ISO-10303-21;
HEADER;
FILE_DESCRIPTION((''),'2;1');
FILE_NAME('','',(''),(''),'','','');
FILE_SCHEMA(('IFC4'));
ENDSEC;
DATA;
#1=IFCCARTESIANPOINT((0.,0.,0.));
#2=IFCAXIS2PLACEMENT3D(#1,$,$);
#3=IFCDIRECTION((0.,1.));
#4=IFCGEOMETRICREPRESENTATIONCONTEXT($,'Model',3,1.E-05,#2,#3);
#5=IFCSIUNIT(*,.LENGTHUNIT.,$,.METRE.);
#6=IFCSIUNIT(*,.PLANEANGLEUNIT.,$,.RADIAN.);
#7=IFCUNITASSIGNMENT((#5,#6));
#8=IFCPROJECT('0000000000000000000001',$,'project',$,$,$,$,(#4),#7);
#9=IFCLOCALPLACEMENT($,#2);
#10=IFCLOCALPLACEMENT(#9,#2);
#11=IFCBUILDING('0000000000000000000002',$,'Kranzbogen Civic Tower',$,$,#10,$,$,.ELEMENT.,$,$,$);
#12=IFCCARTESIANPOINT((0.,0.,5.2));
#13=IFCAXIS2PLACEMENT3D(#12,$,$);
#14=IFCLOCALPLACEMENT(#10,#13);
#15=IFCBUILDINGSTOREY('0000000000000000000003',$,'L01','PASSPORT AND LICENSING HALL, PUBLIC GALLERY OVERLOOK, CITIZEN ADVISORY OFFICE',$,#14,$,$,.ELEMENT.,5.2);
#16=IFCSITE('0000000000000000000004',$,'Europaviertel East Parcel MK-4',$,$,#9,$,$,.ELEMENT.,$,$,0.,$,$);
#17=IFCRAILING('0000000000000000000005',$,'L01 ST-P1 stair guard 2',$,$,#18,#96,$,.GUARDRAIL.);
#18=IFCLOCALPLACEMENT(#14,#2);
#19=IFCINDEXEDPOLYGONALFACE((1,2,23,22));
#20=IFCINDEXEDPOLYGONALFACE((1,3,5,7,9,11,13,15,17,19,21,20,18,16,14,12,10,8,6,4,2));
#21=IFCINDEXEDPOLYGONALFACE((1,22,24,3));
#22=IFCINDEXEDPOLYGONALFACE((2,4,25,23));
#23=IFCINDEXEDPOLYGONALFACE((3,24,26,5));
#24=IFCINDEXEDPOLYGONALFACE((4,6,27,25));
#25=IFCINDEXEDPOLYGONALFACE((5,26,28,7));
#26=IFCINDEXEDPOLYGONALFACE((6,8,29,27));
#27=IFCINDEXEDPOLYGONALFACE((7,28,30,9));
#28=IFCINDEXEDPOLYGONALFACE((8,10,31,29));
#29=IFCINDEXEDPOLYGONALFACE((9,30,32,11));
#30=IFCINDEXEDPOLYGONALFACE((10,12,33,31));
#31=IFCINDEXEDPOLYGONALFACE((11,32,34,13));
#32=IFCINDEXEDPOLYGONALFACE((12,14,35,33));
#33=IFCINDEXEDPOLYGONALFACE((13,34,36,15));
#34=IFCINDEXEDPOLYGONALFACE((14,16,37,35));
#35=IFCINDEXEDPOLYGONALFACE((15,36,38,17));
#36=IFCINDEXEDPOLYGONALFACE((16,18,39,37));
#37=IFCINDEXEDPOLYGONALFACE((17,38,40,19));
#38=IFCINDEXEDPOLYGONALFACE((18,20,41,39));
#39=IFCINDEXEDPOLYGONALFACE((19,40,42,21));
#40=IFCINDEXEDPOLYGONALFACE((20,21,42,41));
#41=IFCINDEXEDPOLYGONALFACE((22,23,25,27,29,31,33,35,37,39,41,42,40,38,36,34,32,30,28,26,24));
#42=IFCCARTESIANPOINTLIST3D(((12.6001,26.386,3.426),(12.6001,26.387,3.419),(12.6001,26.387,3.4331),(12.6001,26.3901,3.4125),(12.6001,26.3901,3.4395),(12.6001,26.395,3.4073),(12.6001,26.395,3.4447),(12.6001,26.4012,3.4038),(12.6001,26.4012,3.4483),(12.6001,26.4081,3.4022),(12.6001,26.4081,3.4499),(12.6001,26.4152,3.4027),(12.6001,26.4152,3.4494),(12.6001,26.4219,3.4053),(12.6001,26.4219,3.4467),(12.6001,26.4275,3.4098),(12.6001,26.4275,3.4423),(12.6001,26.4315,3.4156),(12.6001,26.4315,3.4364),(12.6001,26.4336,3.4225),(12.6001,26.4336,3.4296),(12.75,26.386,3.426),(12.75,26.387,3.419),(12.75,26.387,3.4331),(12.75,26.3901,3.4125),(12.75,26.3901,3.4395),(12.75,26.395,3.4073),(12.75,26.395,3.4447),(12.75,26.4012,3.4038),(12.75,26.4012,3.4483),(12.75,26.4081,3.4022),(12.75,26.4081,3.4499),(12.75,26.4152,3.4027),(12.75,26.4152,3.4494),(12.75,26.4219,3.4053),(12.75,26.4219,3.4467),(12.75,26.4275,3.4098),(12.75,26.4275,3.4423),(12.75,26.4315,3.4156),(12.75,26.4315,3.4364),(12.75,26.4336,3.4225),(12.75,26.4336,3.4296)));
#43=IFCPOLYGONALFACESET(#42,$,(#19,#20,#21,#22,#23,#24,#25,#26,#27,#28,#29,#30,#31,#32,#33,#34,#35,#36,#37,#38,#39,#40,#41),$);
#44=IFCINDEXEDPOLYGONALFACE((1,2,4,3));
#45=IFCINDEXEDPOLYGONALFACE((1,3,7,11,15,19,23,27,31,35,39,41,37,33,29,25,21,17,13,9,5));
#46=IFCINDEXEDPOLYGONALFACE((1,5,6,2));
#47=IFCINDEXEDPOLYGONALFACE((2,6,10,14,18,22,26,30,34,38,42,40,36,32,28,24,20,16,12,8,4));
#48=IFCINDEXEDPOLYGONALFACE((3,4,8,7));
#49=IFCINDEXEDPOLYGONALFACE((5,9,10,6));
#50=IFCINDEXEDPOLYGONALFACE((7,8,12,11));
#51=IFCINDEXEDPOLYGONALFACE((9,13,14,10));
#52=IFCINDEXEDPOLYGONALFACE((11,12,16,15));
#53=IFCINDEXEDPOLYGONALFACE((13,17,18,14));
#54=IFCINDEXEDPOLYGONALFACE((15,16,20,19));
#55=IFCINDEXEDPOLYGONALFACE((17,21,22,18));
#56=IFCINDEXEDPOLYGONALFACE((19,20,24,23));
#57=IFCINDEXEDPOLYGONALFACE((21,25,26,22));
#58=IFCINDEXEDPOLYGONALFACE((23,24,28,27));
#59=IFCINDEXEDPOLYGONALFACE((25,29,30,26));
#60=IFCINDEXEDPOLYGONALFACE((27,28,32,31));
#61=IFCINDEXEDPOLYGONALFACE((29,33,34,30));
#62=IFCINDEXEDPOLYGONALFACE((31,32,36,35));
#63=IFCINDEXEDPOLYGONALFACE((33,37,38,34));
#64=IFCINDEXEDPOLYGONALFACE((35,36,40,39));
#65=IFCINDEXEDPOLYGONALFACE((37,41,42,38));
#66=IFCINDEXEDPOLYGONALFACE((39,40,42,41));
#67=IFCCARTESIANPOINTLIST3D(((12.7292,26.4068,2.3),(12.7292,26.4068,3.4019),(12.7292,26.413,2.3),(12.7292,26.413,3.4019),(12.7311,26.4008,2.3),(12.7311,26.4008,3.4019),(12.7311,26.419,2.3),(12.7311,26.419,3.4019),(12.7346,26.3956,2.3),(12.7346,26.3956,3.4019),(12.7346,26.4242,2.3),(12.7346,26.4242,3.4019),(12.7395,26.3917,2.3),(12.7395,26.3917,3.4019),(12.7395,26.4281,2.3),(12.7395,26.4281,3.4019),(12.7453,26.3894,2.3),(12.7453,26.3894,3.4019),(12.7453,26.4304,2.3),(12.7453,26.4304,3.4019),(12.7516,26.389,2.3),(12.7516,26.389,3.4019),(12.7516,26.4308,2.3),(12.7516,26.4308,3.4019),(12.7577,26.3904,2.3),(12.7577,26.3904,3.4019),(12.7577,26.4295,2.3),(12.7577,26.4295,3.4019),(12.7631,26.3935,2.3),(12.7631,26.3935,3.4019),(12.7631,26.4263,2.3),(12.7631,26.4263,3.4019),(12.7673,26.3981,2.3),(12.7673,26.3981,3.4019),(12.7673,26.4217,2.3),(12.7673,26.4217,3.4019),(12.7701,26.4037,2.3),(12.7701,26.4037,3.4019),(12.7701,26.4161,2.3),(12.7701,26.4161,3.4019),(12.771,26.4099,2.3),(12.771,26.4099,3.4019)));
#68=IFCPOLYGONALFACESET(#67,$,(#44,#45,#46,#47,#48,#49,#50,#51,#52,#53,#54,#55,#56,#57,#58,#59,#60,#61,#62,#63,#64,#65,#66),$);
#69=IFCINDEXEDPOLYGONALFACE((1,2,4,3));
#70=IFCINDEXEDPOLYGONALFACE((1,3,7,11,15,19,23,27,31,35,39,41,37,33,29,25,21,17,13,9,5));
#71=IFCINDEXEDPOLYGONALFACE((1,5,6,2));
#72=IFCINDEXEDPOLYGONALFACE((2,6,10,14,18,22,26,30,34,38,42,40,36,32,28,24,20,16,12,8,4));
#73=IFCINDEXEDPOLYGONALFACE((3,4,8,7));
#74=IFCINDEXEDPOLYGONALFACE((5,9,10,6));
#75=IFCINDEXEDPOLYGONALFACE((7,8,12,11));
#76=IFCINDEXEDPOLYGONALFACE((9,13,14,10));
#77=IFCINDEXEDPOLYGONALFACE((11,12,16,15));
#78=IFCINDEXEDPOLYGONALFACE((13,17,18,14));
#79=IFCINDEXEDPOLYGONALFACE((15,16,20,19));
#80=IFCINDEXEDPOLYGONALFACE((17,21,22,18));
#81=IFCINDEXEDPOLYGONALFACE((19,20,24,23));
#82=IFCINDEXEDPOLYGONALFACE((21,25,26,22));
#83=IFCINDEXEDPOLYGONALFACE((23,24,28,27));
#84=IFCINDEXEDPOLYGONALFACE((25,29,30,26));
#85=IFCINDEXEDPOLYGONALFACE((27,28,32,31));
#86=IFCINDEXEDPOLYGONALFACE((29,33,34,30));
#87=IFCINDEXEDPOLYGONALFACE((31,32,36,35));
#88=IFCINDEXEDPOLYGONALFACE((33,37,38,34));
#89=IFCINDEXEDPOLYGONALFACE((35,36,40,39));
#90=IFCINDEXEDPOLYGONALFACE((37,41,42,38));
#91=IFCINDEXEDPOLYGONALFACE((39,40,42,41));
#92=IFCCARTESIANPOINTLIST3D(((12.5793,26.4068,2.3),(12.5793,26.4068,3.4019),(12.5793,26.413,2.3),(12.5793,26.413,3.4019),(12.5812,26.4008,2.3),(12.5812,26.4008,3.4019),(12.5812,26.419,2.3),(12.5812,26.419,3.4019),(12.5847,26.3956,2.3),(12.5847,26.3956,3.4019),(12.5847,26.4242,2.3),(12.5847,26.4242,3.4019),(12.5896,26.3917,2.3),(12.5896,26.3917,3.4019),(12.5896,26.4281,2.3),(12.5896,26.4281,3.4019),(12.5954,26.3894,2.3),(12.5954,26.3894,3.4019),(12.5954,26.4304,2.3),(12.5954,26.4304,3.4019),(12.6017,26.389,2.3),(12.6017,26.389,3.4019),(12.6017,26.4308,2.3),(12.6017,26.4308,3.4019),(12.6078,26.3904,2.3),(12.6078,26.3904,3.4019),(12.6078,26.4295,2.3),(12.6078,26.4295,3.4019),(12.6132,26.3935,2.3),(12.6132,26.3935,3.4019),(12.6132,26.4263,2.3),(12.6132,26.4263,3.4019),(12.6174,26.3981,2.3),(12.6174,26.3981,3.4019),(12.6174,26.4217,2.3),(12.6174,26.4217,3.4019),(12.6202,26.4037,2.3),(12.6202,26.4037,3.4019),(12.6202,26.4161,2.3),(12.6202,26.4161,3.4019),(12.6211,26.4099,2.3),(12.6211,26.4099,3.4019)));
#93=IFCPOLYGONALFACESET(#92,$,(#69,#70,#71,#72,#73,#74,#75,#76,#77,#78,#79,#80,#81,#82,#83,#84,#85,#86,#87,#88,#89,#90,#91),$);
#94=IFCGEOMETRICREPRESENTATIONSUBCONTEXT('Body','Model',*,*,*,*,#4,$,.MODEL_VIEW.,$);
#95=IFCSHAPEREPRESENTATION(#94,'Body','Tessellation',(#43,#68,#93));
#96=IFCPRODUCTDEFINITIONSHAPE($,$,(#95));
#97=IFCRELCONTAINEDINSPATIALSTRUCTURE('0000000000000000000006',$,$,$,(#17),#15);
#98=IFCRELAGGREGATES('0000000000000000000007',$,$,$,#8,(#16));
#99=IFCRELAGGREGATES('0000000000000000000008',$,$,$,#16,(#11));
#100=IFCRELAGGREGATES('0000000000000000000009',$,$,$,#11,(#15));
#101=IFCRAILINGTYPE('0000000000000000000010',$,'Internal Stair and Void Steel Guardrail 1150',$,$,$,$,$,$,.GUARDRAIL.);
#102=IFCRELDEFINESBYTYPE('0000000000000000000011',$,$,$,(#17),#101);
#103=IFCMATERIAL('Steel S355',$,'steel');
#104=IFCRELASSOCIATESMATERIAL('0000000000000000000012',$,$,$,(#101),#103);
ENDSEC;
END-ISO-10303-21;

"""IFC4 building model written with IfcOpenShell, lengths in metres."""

from ifc_helpers import new_model, si_unit, direction, frame, origin, origin_2d, place, context, subcontext, project, spatial, circle, extrude, material, type_object, element, save


model = new_model("IFC4")

# Units and contexts
model_context = context("Model", 3, precision=1e-05, world=origin(), true_north=direction((0.0, 1.0)))
body_context = subcontext(model_context, "Body", "Model", "MODEL_VIEW")
ifc_project = project(units=[si_unit("LENGTHUNIT", "METRE"), si_unit("PLANEANGLEUNIT", "RADIAN")], contexts=[model_context])

# Site, building, storey
site_placement = place(None, origin())
site = spatial("IfcSite", under=ifc_project, at=site_placement, Name="Europaviertel East Parcel MK-4", CompositionType="ELEMENT", RefElevation=0.0)
building_placement = place(site_placement, origin())
building = spatial("IfcBuilding", under=site, at=building_placement, Name="Kranzbogen Civic Tower", CompositionType="ELEMENT")
storey_placement = place(building_placement, frame((0.0, 0.0, 5.2)))
storey = spatial("IfcBuildingStorey", under=building, at=storey_placement, Name="L01", Description="PASSPORT AND LICENSING HALL, PUBLIC GALLERY OVERLOOK, CITIZEN ADVISORY OFFICE", CompositionType="ELEMENT", Elevation=5.2)

# Shared definitions
ifc_material_1 = material(Name="Steel S355", Category="steel")

# Railing
railing_type_1 = type_object("IfcRailingType", Name="Internal Stair and Void Steel Guardrail 1150", PredefinedType="GUARDRAIL", material=ifc_material_1)
railing_1_placement = place(storey_placement, frame((12.75, 26.4099, 2.3)))
element("IfcRailing", 1, at=railing_1_placement, inside=storey, type_object=railing_type_1, Name="L01 ST-P1 stair guard 2", PredefinedType="GUARDRAIL", context=body_context, shape_type="SweptSolid", body=[
    extrude(circle(Radius=0.0239, at=origin_2d()), frame((0.0, 0.0, 1.126), z_axis=(-1.0, 0.0, 0.0), x_axis=(0.0, -1.0, 0.0)), (0.0, 0.0, 1.0), 0.1499),
    extrude(circle(Radius=0.021, at=origin_2d()), origin(), (0.0, 0.0, 1.0), 1.1018),
    extrude(circle(Radius=0.021, at=origin_2d()), frame((-0.1499, 0.0, 0.0)), (0.0, 0.0, 1.0), 1.1018),
])

save(model, "model.ifc")
